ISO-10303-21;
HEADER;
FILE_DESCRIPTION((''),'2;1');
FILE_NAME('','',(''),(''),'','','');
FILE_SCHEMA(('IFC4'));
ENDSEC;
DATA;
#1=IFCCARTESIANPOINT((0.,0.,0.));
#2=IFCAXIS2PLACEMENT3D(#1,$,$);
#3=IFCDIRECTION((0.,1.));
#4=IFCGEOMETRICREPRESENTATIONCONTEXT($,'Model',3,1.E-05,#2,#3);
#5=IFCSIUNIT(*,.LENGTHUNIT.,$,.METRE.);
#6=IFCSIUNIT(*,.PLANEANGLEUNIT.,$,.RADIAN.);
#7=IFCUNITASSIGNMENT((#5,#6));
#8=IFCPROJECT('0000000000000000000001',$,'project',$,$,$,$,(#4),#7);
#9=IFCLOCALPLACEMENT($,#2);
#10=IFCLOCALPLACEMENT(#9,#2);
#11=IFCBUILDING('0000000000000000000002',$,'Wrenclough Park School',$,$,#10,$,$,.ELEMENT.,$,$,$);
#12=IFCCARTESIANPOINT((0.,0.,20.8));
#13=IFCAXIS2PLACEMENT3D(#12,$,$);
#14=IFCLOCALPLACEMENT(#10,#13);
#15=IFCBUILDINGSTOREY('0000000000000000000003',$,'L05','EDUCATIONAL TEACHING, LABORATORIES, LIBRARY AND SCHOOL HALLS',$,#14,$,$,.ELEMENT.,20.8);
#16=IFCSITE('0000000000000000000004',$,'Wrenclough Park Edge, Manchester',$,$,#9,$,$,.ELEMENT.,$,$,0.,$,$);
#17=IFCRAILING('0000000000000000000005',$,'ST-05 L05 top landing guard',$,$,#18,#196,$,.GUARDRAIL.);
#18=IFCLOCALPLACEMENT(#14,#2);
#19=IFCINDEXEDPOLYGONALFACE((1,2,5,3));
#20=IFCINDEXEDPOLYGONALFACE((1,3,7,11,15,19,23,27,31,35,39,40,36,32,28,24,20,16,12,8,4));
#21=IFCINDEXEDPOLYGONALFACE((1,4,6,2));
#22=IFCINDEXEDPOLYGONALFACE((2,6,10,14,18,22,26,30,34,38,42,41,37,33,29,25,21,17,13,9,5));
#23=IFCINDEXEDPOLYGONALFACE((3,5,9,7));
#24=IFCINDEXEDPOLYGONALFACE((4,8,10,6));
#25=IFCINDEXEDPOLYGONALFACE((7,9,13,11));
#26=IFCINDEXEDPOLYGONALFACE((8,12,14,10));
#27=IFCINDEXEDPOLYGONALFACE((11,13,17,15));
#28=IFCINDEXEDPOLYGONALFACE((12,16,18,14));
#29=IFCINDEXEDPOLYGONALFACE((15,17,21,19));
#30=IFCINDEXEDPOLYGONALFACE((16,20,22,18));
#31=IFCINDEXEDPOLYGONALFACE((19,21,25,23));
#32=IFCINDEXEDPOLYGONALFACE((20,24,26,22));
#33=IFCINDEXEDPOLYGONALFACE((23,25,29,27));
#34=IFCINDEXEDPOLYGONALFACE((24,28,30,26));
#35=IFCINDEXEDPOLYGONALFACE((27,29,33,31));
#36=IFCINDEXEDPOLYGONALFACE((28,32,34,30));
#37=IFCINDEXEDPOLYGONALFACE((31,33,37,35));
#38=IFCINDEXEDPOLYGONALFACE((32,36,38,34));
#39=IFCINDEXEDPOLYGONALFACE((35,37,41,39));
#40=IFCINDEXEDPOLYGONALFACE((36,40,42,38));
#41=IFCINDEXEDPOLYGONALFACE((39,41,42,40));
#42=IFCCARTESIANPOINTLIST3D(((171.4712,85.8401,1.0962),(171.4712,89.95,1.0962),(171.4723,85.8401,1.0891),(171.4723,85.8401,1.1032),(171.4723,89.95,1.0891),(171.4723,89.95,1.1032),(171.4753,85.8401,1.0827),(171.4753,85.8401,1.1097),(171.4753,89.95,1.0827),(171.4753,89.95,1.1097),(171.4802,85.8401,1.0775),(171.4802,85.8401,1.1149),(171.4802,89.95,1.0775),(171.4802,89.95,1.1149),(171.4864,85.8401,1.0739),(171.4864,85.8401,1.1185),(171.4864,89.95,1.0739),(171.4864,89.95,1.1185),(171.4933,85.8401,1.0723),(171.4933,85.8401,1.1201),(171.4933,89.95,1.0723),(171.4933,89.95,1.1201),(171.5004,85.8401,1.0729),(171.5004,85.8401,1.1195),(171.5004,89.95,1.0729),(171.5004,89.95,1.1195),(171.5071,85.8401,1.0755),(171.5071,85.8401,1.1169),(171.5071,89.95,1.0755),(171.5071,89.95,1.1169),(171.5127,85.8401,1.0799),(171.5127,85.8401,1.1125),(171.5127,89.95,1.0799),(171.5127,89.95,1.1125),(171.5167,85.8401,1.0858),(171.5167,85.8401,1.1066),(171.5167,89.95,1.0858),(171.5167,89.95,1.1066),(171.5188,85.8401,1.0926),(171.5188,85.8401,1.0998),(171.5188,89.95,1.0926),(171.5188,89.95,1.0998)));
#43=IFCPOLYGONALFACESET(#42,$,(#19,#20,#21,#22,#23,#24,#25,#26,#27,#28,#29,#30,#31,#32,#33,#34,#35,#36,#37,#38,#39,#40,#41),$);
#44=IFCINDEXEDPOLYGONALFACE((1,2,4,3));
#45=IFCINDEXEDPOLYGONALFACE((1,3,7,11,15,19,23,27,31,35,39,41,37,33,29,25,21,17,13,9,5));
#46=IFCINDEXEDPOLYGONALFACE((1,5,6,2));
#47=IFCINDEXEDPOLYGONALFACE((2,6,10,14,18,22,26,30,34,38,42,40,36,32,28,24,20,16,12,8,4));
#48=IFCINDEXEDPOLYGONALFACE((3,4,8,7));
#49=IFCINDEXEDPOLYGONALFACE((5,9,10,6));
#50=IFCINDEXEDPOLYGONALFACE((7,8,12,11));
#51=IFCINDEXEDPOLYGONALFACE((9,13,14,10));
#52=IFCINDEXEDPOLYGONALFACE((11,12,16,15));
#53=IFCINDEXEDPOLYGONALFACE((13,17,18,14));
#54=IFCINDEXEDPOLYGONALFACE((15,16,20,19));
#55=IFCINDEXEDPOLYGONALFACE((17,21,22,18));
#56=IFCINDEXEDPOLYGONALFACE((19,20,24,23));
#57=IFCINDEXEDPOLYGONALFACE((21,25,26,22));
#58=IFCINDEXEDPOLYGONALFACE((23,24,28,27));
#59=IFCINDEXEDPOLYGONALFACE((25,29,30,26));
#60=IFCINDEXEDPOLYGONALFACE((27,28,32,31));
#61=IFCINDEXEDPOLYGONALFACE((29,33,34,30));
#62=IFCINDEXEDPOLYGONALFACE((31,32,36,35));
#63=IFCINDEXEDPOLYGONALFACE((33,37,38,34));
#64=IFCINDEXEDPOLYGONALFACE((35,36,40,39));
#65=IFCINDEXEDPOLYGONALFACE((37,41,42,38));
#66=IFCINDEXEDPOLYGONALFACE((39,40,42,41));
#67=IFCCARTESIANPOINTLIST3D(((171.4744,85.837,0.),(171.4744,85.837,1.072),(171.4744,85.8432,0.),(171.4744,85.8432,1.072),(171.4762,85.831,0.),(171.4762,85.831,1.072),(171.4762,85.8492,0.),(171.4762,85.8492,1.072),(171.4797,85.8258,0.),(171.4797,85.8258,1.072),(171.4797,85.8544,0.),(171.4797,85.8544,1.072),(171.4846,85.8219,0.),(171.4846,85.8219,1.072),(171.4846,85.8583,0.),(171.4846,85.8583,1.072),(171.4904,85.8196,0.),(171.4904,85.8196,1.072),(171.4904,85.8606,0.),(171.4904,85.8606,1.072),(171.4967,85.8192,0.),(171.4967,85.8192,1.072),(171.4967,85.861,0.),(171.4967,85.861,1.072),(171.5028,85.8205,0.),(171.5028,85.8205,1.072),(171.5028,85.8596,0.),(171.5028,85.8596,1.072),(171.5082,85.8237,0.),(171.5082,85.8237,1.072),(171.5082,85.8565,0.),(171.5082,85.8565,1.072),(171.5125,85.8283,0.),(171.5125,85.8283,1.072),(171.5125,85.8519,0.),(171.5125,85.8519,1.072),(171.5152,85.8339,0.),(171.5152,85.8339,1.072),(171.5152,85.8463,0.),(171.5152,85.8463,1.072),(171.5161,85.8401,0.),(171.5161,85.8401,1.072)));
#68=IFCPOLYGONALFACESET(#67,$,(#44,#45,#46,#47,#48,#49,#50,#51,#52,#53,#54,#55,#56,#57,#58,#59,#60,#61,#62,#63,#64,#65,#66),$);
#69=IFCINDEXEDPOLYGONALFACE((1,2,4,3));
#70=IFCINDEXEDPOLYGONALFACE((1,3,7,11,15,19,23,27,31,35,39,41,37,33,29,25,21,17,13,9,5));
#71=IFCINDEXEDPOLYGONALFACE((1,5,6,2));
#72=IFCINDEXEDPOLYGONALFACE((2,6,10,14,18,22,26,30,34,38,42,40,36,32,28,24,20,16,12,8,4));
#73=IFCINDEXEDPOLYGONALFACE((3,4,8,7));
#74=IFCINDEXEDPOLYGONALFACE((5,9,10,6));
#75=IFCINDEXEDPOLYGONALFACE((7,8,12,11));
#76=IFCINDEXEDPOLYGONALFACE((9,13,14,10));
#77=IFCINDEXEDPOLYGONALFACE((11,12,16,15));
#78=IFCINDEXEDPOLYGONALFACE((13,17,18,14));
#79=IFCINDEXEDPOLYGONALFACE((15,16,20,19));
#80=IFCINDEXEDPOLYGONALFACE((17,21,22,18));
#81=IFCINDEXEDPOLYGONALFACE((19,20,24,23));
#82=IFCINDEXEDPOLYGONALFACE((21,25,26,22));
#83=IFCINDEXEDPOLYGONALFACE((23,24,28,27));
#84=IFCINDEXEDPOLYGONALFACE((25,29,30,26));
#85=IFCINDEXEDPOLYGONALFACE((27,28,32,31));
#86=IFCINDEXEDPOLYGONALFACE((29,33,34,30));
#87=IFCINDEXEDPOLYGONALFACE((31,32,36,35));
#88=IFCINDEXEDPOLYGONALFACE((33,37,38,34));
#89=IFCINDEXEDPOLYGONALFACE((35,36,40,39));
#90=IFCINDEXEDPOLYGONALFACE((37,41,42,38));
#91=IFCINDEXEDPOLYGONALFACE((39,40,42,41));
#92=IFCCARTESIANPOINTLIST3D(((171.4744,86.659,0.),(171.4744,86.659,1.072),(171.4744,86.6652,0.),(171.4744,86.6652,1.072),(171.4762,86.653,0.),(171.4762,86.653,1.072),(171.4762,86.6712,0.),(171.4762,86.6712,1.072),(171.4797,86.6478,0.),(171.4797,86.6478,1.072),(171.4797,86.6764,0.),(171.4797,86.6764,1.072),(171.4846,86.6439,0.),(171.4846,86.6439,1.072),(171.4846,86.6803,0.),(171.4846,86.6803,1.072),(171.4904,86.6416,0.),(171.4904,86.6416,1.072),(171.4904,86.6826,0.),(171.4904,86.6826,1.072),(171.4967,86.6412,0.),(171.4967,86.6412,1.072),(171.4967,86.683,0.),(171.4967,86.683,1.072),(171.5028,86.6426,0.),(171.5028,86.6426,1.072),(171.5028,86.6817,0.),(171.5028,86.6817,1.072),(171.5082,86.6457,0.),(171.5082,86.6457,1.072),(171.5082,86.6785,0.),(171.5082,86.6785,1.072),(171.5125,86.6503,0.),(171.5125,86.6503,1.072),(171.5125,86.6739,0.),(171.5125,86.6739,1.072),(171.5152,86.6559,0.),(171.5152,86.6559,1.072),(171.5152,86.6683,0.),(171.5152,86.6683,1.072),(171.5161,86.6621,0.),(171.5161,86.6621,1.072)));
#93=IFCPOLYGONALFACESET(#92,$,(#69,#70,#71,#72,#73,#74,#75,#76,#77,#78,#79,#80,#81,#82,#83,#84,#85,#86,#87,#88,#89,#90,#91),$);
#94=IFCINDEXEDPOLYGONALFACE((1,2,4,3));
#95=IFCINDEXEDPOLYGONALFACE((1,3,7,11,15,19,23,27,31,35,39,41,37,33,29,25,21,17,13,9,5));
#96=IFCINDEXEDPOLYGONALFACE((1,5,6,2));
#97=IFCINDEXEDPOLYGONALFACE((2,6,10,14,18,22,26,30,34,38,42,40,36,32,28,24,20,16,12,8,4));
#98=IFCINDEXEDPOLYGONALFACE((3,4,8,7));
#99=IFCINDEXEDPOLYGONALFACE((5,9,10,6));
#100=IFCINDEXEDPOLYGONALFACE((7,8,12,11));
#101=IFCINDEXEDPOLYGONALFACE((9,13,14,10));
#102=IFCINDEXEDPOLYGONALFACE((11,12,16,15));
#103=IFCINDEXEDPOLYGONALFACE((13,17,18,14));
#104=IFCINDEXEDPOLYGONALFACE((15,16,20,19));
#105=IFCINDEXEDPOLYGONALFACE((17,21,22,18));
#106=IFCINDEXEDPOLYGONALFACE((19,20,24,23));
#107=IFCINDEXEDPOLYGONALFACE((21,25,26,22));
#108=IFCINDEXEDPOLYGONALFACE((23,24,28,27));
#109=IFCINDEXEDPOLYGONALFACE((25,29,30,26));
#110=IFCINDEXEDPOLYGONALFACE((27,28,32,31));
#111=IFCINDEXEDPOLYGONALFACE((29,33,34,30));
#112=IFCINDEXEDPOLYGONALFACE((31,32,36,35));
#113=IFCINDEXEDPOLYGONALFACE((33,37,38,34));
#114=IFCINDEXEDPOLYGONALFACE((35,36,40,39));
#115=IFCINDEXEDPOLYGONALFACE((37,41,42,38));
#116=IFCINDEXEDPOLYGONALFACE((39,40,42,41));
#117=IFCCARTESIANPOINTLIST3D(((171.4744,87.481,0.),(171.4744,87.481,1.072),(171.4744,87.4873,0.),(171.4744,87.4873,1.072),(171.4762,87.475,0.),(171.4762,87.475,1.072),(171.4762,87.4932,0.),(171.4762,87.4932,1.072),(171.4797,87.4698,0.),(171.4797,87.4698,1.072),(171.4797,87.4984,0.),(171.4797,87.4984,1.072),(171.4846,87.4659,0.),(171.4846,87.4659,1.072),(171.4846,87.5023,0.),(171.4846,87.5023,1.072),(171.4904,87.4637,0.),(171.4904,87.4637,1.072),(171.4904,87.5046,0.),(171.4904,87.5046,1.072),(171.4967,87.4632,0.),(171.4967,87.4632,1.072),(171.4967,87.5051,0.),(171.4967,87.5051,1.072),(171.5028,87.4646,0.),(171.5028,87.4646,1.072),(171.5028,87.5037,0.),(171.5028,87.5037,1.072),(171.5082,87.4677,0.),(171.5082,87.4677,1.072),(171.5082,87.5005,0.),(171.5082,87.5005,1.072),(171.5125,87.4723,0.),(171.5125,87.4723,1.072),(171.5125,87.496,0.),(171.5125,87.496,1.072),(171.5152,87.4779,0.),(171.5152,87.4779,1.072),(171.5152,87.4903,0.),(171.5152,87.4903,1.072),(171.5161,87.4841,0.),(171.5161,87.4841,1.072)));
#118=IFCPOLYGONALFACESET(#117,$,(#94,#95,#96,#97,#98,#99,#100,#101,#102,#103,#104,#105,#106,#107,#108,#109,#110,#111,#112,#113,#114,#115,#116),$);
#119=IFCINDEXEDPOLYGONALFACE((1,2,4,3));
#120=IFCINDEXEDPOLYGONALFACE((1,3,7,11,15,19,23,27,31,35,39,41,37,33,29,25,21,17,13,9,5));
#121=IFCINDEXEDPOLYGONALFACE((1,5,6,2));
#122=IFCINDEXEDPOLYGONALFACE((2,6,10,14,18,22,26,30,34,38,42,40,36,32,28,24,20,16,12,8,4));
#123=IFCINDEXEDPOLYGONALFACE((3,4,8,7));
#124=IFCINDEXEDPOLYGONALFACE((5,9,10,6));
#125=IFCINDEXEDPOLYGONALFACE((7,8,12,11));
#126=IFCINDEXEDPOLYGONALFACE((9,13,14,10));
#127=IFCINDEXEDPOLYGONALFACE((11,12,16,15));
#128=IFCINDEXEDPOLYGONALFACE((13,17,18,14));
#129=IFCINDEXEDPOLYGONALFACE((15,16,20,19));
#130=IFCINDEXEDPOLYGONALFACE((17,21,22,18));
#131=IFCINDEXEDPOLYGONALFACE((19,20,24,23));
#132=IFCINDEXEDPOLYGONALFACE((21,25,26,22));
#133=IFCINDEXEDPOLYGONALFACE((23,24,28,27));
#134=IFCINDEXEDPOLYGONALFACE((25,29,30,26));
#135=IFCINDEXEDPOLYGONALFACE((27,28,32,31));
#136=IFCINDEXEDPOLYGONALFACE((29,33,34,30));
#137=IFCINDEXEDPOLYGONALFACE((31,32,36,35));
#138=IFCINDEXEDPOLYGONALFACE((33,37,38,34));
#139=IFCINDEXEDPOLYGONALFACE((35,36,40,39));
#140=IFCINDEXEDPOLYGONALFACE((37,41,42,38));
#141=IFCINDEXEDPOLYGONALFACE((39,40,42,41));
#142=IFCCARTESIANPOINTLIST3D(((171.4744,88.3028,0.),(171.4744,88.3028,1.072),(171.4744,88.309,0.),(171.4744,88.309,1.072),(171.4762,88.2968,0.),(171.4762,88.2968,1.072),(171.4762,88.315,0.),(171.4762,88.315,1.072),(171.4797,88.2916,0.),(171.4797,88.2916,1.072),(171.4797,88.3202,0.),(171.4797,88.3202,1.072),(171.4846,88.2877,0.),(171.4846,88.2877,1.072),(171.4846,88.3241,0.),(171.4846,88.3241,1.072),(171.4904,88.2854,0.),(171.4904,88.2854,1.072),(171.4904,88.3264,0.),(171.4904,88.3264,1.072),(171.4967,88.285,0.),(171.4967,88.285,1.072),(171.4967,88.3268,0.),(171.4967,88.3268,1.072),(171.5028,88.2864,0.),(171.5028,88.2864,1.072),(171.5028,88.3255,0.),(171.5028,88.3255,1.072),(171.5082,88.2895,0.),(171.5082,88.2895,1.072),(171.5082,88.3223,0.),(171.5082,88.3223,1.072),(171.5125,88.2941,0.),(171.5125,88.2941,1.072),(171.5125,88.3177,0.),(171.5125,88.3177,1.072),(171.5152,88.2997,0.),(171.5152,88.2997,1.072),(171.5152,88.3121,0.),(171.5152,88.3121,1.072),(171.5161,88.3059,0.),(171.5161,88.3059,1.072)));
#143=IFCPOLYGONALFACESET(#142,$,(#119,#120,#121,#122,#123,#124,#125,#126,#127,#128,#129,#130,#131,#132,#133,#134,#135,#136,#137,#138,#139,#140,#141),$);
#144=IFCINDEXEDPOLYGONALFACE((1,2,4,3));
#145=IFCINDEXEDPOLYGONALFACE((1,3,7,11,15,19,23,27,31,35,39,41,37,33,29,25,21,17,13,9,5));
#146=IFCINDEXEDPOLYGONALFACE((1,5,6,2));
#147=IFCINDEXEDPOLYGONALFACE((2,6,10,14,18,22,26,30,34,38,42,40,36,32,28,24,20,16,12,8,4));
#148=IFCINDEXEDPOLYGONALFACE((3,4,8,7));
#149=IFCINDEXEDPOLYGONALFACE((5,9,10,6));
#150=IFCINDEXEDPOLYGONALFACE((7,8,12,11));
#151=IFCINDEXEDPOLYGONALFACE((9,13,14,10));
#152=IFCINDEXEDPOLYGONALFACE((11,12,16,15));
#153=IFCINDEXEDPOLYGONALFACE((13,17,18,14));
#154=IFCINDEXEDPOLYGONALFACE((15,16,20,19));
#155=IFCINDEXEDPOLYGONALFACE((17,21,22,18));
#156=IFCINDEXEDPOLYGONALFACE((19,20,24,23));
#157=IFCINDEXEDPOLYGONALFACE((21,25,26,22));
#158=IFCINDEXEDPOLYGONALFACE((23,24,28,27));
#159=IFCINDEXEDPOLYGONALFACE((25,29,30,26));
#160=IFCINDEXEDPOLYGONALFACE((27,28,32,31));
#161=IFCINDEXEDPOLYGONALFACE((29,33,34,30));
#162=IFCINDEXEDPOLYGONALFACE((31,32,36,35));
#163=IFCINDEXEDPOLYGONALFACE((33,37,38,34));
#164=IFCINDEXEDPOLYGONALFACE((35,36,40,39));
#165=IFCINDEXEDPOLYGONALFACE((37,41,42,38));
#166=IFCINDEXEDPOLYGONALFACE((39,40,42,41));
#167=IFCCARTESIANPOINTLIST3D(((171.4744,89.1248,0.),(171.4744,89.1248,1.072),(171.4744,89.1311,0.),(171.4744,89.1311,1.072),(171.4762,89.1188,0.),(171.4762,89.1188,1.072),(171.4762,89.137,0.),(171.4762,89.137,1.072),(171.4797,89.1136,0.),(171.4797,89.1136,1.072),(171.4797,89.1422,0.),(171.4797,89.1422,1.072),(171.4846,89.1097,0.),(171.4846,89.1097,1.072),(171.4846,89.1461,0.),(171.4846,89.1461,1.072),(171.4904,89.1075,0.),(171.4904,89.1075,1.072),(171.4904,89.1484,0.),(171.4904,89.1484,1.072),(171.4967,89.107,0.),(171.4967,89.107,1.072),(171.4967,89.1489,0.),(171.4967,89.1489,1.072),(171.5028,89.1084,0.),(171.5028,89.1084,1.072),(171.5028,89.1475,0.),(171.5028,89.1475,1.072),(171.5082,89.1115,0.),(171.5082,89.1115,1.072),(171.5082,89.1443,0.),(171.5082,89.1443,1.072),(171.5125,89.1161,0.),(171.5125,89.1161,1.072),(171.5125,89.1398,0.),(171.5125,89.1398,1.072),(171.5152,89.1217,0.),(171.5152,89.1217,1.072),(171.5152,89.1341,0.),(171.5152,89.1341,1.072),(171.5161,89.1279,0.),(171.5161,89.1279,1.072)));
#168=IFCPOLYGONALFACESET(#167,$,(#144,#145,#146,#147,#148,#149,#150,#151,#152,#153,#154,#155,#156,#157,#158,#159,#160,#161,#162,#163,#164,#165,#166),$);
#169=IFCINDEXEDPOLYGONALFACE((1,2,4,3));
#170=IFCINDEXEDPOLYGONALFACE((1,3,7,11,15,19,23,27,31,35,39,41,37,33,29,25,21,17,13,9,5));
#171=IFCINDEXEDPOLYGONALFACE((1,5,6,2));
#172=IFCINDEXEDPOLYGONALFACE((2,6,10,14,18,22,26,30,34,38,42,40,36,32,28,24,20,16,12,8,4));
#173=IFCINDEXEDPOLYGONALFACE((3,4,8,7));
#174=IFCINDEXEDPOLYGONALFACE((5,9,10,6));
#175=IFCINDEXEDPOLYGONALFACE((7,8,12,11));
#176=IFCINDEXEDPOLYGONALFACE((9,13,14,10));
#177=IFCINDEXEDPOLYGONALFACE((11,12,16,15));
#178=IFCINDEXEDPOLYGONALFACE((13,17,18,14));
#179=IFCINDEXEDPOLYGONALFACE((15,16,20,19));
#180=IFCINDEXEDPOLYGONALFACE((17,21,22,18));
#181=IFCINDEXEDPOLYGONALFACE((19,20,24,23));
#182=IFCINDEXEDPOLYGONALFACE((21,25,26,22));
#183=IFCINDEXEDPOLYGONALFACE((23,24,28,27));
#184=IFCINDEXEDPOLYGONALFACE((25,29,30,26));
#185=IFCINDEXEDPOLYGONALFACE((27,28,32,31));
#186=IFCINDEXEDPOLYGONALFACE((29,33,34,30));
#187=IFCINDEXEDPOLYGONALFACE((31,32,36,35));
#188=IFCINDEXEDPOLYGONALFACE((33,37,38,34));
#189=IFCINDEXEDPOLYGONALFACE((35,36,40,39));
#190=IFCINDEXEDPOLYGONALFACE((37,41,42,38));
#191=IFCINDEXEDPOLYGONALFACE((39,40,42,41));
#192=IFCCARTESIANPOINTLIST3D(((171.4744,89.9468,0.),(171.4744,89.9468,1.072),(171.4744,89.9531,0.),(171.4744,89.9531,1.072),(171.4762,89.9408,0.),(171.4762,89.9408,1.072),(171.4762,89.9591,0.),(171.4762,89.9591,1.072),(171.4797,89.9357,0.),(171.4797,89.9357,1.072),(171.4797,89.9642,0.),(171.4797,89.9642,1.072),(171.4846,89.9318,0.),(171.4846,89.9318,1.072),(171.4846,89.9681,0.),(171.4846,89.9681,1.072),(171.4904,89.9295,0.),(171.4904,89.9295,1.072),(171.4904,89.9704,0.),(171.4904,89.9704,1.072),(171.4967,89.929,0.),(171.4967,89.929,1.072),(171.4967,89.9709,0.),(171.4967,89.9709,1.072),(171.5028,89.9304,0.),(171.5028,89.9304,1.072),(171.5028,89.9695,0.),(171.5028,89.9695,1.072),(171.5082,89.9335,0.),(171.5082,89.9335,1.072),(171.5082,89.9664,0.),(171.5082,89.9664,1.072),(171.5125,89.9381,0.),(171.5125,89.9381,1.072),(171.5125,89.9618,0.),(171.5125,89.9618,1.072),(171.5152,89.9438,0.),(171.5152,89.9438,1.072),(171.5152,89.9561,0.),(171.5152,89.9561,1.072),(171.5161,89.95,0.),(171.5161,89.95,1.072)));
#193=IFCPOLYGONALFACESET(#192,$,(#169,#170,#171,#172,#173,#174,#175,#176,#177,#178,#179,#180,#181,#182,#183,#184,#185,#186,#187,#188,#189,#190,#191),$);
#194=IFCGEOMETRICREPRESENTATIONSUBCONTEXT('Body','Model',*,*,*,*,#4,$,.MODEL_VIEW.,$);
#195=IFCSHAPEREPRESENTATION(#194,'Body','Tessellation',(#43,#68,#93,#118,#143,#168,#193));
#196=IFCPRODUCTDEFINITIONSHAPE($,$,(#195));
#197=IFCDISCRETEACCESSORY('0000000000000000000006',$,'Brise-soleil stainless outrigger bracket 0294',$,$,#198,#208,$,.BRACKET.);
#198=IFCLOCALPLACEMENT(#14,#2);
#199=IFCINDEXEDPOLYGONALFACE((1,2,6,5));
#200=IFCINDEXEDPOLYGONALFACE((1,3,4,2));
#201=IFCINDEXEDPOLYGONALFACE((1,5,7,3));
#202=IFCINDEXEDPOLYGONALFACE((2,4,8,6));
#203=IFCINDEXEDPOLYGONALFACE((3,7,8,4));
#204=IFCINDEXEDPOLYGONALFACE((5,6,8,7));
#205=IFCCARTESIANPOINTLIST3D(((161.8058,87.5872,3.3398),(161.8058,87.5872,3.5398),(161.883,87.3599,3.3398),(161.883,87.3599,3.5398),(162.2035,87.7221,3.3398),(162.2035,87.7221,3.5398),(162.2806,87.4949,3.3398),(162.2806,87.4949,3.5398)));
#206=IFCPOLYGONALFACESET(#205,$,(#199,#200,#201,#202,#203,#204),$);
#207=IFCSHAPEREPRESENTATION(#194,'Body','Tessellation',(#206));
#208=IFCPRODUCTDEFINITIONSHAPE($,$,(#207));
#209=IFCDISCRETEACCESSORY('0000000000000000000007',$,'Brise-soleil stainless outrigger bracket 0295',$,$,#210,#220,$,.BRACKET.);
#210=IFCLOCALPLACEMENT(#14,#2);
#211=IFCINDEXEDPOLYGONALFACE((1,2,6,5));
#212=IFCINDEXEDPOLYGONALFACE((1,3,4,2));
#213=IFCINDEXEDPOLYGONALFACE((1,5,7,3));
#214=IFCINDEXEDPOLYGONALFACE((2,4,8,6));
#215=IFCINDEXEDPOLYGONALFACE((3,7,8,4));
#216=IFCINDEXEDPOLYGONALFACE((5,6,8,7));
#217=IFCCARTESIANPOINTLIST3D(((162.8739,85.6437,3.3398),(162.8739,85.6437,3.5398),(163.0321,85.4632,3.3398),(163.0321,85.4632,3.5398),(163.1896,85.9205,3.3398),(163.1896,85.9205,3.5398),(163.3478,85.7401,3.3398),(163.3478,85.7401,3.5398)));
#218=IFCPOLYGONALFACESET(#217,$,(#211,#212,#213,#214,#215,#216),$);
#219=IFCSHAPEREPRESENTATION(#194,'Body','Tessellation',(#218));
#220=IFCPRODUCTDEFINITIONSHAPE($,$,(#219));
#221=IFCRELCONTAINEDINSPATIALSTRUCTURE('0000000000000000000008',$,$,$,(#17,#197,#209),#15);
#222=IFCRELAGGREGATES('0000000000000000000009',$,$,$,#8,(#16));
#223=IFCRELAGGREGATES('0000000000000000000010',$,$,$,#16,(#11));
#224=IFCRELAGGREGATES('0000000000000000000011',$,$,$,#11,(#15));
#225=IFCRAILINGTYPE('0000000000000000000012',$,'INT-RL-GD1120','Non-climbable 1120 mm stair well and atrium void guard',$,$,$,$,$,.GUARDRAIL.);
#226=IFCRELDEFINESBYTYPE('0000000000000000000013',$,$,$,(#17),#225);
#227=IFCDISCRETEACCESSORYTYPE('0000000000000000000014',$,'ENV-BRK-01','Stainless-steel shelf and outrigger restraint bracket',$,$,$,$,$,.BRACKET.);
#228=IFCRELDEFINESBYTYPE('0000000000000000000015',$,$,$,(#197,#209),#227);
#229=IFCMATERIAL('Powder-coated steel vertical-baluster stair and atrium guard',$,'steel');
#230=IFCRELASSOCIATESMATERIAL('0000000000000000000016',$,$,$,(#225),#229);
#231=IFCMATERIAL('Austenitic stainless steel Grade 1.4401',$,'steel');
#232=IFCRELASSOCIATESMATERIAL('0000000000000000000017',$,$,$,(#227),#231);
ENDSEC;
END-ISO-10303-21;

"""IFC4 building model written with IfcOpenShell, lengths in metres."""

from ifc_helpers import new_model, si_unit, direction, frame, origin, origin_2d, place, context, subcontext, project, spatial, rectangle, circle, extrude, material, type_object, element, save


model = new_model("IFC4")

# Units and contexts
model_context = context("Model", 3, precision=1e-05, world=origin(), true_north=direction((0.0, 1.0)))
body_context = subcontext(model_context, "Body", "Model", "MODEL_VIEW")
ifc_project = project(units=[si_unit("LENGTHUNIT", "METRE"), si_unit("PLANEANGLEUNIT", "RADIAN")], contexts=[model_context])

# Site, building, storey
site_placement = place(None, origin())
site = spatial("IfcSite", under=ifc_project, at=site_placement, Name="Wrenclough Park Edge, Manchester", CompositionType="ELEMENT", RefElevation=0.0)
building_placement = place(site_placement, origin())
building = spatial("IfcBuilding", under=site, at=building_placement, Name="Wrenclough Park School", CompositionType="ELEMENT")
storey_placement = place(building_placement, frame((0.0, 0.0, 20.8)))
storey = spatial("IfcBuildingStorey", under=building, at=storey_placement, Name="L05", Description="EDUCATIONAL TEACHING, LABORATORIES, LIBRARY AND SCHOOL HALLS", CompositionType="ELEMENT", Elevation=20.8)

# Railing
ifc_material_1 = material(Name="Powder-coated steel vertical-baluster stair and atrium guard", Category="steel")
railing_type = type_object("IfcRailingType", Name="INT-RL-GD1120", Description="Non-climbable 1120 mm stair well and atrium void guard", PredefinedType="GUARDRAIL", material=ifc_material_1)
railing_placement = place(storey_placement, frame((171.4951, 85.8401, 0.0)))
element("IfcRailing", 1, at=railing_placement, inside=storey, type_object=railing_type, Name="ST-05 L05 top landing guard", PredefinedType="GUARDRAIL", context=body_context, shape_type="SweptSolid", body=[
    extrude(circle(Radius=0.0239, at=origin_2d()), frame((0.0, 0.0, 1.0962), z_axis=(0.0, 1.0, 0.0), x_axis=(-1.0, 0.0, 0.0)), (0.0, 0.0, 1.0), 4.1099),
    extrude(circle(Radius=0.021, at=origin_2d()), origin(), (0.0, 0.0, 1.0), 1.072),
    extrude(circle(Radius=0.021, at=origin_2d()), frame((0.0, 0.822, 0.0)), (0.0, 0.0, 1.0), 1.072),
    extrude(circle(Radius=0.021, at=origin_2d()), frame((0.0, 1.644, 0.0)), (0.0, 0.0, 1.0), 1.072),
    extrude(circle(Radius=0.021, at=origin_2d()), frame((0.0, 2.4658, 0.0)), (0.0, 0.0, 1.0), 1.072),
    extrude(circle(Radius=0.021, at=origin_2d()), frame((0.0, 3.2878, 0.0)), (0.0, 0.0, 1.0), 1.072),
    extrude(circle(Radius=0.021, at=origin_2d()), frame((0.0, 4.1099, 0.0)), (0.0, 0.0, 1.0), 1.072),
])

# Discrete accessories
ifc_material_2 = material(Name="Austenitic stainless steel Grade 1.4401", Category="steel")
discrete_accessory_type_1 = type_object("IfcDiscreteAccessoryType", Name="ENV-BRK-01", Description="Stainless-steel shelf and outrigger restraint bracket", PredefinedType="BRACKET", material=ifc_material_2)
for number, where, z_axis, x_axis, name in (
    (2, (162.0432, 87.541, 3.3398), (0.0, 0.0, 1.0), (0.321429, -0.946934, 0.0), "Brise-soleil stainless outrigger bracket 0294"),
    (3, (163.1108, 85.6919, 3.3398), (0.0, 0.0, 1.0), (0.659351, -0.751836, 0.0), "Brise-soleil stainless outrigger bracket 0295"),
):
    element("IfcDiscreteAccessory", number, at=place(storey_placement, frame(where, z_axis=z_axis, x_axis=x_axis)), inside=storey, type_object=discrete_accessory_type_1, Name=name, PredefinedType="BRACKET", context=body_context, shape_type="SweptSolid", body=[
        extrude(rectangle(XDim=0.24, YDim=0.4199, at=origin_2d()), origin(), (0.0, 0.0, 1.0), 0.2),
    ])

save(model, "model.ifc")
